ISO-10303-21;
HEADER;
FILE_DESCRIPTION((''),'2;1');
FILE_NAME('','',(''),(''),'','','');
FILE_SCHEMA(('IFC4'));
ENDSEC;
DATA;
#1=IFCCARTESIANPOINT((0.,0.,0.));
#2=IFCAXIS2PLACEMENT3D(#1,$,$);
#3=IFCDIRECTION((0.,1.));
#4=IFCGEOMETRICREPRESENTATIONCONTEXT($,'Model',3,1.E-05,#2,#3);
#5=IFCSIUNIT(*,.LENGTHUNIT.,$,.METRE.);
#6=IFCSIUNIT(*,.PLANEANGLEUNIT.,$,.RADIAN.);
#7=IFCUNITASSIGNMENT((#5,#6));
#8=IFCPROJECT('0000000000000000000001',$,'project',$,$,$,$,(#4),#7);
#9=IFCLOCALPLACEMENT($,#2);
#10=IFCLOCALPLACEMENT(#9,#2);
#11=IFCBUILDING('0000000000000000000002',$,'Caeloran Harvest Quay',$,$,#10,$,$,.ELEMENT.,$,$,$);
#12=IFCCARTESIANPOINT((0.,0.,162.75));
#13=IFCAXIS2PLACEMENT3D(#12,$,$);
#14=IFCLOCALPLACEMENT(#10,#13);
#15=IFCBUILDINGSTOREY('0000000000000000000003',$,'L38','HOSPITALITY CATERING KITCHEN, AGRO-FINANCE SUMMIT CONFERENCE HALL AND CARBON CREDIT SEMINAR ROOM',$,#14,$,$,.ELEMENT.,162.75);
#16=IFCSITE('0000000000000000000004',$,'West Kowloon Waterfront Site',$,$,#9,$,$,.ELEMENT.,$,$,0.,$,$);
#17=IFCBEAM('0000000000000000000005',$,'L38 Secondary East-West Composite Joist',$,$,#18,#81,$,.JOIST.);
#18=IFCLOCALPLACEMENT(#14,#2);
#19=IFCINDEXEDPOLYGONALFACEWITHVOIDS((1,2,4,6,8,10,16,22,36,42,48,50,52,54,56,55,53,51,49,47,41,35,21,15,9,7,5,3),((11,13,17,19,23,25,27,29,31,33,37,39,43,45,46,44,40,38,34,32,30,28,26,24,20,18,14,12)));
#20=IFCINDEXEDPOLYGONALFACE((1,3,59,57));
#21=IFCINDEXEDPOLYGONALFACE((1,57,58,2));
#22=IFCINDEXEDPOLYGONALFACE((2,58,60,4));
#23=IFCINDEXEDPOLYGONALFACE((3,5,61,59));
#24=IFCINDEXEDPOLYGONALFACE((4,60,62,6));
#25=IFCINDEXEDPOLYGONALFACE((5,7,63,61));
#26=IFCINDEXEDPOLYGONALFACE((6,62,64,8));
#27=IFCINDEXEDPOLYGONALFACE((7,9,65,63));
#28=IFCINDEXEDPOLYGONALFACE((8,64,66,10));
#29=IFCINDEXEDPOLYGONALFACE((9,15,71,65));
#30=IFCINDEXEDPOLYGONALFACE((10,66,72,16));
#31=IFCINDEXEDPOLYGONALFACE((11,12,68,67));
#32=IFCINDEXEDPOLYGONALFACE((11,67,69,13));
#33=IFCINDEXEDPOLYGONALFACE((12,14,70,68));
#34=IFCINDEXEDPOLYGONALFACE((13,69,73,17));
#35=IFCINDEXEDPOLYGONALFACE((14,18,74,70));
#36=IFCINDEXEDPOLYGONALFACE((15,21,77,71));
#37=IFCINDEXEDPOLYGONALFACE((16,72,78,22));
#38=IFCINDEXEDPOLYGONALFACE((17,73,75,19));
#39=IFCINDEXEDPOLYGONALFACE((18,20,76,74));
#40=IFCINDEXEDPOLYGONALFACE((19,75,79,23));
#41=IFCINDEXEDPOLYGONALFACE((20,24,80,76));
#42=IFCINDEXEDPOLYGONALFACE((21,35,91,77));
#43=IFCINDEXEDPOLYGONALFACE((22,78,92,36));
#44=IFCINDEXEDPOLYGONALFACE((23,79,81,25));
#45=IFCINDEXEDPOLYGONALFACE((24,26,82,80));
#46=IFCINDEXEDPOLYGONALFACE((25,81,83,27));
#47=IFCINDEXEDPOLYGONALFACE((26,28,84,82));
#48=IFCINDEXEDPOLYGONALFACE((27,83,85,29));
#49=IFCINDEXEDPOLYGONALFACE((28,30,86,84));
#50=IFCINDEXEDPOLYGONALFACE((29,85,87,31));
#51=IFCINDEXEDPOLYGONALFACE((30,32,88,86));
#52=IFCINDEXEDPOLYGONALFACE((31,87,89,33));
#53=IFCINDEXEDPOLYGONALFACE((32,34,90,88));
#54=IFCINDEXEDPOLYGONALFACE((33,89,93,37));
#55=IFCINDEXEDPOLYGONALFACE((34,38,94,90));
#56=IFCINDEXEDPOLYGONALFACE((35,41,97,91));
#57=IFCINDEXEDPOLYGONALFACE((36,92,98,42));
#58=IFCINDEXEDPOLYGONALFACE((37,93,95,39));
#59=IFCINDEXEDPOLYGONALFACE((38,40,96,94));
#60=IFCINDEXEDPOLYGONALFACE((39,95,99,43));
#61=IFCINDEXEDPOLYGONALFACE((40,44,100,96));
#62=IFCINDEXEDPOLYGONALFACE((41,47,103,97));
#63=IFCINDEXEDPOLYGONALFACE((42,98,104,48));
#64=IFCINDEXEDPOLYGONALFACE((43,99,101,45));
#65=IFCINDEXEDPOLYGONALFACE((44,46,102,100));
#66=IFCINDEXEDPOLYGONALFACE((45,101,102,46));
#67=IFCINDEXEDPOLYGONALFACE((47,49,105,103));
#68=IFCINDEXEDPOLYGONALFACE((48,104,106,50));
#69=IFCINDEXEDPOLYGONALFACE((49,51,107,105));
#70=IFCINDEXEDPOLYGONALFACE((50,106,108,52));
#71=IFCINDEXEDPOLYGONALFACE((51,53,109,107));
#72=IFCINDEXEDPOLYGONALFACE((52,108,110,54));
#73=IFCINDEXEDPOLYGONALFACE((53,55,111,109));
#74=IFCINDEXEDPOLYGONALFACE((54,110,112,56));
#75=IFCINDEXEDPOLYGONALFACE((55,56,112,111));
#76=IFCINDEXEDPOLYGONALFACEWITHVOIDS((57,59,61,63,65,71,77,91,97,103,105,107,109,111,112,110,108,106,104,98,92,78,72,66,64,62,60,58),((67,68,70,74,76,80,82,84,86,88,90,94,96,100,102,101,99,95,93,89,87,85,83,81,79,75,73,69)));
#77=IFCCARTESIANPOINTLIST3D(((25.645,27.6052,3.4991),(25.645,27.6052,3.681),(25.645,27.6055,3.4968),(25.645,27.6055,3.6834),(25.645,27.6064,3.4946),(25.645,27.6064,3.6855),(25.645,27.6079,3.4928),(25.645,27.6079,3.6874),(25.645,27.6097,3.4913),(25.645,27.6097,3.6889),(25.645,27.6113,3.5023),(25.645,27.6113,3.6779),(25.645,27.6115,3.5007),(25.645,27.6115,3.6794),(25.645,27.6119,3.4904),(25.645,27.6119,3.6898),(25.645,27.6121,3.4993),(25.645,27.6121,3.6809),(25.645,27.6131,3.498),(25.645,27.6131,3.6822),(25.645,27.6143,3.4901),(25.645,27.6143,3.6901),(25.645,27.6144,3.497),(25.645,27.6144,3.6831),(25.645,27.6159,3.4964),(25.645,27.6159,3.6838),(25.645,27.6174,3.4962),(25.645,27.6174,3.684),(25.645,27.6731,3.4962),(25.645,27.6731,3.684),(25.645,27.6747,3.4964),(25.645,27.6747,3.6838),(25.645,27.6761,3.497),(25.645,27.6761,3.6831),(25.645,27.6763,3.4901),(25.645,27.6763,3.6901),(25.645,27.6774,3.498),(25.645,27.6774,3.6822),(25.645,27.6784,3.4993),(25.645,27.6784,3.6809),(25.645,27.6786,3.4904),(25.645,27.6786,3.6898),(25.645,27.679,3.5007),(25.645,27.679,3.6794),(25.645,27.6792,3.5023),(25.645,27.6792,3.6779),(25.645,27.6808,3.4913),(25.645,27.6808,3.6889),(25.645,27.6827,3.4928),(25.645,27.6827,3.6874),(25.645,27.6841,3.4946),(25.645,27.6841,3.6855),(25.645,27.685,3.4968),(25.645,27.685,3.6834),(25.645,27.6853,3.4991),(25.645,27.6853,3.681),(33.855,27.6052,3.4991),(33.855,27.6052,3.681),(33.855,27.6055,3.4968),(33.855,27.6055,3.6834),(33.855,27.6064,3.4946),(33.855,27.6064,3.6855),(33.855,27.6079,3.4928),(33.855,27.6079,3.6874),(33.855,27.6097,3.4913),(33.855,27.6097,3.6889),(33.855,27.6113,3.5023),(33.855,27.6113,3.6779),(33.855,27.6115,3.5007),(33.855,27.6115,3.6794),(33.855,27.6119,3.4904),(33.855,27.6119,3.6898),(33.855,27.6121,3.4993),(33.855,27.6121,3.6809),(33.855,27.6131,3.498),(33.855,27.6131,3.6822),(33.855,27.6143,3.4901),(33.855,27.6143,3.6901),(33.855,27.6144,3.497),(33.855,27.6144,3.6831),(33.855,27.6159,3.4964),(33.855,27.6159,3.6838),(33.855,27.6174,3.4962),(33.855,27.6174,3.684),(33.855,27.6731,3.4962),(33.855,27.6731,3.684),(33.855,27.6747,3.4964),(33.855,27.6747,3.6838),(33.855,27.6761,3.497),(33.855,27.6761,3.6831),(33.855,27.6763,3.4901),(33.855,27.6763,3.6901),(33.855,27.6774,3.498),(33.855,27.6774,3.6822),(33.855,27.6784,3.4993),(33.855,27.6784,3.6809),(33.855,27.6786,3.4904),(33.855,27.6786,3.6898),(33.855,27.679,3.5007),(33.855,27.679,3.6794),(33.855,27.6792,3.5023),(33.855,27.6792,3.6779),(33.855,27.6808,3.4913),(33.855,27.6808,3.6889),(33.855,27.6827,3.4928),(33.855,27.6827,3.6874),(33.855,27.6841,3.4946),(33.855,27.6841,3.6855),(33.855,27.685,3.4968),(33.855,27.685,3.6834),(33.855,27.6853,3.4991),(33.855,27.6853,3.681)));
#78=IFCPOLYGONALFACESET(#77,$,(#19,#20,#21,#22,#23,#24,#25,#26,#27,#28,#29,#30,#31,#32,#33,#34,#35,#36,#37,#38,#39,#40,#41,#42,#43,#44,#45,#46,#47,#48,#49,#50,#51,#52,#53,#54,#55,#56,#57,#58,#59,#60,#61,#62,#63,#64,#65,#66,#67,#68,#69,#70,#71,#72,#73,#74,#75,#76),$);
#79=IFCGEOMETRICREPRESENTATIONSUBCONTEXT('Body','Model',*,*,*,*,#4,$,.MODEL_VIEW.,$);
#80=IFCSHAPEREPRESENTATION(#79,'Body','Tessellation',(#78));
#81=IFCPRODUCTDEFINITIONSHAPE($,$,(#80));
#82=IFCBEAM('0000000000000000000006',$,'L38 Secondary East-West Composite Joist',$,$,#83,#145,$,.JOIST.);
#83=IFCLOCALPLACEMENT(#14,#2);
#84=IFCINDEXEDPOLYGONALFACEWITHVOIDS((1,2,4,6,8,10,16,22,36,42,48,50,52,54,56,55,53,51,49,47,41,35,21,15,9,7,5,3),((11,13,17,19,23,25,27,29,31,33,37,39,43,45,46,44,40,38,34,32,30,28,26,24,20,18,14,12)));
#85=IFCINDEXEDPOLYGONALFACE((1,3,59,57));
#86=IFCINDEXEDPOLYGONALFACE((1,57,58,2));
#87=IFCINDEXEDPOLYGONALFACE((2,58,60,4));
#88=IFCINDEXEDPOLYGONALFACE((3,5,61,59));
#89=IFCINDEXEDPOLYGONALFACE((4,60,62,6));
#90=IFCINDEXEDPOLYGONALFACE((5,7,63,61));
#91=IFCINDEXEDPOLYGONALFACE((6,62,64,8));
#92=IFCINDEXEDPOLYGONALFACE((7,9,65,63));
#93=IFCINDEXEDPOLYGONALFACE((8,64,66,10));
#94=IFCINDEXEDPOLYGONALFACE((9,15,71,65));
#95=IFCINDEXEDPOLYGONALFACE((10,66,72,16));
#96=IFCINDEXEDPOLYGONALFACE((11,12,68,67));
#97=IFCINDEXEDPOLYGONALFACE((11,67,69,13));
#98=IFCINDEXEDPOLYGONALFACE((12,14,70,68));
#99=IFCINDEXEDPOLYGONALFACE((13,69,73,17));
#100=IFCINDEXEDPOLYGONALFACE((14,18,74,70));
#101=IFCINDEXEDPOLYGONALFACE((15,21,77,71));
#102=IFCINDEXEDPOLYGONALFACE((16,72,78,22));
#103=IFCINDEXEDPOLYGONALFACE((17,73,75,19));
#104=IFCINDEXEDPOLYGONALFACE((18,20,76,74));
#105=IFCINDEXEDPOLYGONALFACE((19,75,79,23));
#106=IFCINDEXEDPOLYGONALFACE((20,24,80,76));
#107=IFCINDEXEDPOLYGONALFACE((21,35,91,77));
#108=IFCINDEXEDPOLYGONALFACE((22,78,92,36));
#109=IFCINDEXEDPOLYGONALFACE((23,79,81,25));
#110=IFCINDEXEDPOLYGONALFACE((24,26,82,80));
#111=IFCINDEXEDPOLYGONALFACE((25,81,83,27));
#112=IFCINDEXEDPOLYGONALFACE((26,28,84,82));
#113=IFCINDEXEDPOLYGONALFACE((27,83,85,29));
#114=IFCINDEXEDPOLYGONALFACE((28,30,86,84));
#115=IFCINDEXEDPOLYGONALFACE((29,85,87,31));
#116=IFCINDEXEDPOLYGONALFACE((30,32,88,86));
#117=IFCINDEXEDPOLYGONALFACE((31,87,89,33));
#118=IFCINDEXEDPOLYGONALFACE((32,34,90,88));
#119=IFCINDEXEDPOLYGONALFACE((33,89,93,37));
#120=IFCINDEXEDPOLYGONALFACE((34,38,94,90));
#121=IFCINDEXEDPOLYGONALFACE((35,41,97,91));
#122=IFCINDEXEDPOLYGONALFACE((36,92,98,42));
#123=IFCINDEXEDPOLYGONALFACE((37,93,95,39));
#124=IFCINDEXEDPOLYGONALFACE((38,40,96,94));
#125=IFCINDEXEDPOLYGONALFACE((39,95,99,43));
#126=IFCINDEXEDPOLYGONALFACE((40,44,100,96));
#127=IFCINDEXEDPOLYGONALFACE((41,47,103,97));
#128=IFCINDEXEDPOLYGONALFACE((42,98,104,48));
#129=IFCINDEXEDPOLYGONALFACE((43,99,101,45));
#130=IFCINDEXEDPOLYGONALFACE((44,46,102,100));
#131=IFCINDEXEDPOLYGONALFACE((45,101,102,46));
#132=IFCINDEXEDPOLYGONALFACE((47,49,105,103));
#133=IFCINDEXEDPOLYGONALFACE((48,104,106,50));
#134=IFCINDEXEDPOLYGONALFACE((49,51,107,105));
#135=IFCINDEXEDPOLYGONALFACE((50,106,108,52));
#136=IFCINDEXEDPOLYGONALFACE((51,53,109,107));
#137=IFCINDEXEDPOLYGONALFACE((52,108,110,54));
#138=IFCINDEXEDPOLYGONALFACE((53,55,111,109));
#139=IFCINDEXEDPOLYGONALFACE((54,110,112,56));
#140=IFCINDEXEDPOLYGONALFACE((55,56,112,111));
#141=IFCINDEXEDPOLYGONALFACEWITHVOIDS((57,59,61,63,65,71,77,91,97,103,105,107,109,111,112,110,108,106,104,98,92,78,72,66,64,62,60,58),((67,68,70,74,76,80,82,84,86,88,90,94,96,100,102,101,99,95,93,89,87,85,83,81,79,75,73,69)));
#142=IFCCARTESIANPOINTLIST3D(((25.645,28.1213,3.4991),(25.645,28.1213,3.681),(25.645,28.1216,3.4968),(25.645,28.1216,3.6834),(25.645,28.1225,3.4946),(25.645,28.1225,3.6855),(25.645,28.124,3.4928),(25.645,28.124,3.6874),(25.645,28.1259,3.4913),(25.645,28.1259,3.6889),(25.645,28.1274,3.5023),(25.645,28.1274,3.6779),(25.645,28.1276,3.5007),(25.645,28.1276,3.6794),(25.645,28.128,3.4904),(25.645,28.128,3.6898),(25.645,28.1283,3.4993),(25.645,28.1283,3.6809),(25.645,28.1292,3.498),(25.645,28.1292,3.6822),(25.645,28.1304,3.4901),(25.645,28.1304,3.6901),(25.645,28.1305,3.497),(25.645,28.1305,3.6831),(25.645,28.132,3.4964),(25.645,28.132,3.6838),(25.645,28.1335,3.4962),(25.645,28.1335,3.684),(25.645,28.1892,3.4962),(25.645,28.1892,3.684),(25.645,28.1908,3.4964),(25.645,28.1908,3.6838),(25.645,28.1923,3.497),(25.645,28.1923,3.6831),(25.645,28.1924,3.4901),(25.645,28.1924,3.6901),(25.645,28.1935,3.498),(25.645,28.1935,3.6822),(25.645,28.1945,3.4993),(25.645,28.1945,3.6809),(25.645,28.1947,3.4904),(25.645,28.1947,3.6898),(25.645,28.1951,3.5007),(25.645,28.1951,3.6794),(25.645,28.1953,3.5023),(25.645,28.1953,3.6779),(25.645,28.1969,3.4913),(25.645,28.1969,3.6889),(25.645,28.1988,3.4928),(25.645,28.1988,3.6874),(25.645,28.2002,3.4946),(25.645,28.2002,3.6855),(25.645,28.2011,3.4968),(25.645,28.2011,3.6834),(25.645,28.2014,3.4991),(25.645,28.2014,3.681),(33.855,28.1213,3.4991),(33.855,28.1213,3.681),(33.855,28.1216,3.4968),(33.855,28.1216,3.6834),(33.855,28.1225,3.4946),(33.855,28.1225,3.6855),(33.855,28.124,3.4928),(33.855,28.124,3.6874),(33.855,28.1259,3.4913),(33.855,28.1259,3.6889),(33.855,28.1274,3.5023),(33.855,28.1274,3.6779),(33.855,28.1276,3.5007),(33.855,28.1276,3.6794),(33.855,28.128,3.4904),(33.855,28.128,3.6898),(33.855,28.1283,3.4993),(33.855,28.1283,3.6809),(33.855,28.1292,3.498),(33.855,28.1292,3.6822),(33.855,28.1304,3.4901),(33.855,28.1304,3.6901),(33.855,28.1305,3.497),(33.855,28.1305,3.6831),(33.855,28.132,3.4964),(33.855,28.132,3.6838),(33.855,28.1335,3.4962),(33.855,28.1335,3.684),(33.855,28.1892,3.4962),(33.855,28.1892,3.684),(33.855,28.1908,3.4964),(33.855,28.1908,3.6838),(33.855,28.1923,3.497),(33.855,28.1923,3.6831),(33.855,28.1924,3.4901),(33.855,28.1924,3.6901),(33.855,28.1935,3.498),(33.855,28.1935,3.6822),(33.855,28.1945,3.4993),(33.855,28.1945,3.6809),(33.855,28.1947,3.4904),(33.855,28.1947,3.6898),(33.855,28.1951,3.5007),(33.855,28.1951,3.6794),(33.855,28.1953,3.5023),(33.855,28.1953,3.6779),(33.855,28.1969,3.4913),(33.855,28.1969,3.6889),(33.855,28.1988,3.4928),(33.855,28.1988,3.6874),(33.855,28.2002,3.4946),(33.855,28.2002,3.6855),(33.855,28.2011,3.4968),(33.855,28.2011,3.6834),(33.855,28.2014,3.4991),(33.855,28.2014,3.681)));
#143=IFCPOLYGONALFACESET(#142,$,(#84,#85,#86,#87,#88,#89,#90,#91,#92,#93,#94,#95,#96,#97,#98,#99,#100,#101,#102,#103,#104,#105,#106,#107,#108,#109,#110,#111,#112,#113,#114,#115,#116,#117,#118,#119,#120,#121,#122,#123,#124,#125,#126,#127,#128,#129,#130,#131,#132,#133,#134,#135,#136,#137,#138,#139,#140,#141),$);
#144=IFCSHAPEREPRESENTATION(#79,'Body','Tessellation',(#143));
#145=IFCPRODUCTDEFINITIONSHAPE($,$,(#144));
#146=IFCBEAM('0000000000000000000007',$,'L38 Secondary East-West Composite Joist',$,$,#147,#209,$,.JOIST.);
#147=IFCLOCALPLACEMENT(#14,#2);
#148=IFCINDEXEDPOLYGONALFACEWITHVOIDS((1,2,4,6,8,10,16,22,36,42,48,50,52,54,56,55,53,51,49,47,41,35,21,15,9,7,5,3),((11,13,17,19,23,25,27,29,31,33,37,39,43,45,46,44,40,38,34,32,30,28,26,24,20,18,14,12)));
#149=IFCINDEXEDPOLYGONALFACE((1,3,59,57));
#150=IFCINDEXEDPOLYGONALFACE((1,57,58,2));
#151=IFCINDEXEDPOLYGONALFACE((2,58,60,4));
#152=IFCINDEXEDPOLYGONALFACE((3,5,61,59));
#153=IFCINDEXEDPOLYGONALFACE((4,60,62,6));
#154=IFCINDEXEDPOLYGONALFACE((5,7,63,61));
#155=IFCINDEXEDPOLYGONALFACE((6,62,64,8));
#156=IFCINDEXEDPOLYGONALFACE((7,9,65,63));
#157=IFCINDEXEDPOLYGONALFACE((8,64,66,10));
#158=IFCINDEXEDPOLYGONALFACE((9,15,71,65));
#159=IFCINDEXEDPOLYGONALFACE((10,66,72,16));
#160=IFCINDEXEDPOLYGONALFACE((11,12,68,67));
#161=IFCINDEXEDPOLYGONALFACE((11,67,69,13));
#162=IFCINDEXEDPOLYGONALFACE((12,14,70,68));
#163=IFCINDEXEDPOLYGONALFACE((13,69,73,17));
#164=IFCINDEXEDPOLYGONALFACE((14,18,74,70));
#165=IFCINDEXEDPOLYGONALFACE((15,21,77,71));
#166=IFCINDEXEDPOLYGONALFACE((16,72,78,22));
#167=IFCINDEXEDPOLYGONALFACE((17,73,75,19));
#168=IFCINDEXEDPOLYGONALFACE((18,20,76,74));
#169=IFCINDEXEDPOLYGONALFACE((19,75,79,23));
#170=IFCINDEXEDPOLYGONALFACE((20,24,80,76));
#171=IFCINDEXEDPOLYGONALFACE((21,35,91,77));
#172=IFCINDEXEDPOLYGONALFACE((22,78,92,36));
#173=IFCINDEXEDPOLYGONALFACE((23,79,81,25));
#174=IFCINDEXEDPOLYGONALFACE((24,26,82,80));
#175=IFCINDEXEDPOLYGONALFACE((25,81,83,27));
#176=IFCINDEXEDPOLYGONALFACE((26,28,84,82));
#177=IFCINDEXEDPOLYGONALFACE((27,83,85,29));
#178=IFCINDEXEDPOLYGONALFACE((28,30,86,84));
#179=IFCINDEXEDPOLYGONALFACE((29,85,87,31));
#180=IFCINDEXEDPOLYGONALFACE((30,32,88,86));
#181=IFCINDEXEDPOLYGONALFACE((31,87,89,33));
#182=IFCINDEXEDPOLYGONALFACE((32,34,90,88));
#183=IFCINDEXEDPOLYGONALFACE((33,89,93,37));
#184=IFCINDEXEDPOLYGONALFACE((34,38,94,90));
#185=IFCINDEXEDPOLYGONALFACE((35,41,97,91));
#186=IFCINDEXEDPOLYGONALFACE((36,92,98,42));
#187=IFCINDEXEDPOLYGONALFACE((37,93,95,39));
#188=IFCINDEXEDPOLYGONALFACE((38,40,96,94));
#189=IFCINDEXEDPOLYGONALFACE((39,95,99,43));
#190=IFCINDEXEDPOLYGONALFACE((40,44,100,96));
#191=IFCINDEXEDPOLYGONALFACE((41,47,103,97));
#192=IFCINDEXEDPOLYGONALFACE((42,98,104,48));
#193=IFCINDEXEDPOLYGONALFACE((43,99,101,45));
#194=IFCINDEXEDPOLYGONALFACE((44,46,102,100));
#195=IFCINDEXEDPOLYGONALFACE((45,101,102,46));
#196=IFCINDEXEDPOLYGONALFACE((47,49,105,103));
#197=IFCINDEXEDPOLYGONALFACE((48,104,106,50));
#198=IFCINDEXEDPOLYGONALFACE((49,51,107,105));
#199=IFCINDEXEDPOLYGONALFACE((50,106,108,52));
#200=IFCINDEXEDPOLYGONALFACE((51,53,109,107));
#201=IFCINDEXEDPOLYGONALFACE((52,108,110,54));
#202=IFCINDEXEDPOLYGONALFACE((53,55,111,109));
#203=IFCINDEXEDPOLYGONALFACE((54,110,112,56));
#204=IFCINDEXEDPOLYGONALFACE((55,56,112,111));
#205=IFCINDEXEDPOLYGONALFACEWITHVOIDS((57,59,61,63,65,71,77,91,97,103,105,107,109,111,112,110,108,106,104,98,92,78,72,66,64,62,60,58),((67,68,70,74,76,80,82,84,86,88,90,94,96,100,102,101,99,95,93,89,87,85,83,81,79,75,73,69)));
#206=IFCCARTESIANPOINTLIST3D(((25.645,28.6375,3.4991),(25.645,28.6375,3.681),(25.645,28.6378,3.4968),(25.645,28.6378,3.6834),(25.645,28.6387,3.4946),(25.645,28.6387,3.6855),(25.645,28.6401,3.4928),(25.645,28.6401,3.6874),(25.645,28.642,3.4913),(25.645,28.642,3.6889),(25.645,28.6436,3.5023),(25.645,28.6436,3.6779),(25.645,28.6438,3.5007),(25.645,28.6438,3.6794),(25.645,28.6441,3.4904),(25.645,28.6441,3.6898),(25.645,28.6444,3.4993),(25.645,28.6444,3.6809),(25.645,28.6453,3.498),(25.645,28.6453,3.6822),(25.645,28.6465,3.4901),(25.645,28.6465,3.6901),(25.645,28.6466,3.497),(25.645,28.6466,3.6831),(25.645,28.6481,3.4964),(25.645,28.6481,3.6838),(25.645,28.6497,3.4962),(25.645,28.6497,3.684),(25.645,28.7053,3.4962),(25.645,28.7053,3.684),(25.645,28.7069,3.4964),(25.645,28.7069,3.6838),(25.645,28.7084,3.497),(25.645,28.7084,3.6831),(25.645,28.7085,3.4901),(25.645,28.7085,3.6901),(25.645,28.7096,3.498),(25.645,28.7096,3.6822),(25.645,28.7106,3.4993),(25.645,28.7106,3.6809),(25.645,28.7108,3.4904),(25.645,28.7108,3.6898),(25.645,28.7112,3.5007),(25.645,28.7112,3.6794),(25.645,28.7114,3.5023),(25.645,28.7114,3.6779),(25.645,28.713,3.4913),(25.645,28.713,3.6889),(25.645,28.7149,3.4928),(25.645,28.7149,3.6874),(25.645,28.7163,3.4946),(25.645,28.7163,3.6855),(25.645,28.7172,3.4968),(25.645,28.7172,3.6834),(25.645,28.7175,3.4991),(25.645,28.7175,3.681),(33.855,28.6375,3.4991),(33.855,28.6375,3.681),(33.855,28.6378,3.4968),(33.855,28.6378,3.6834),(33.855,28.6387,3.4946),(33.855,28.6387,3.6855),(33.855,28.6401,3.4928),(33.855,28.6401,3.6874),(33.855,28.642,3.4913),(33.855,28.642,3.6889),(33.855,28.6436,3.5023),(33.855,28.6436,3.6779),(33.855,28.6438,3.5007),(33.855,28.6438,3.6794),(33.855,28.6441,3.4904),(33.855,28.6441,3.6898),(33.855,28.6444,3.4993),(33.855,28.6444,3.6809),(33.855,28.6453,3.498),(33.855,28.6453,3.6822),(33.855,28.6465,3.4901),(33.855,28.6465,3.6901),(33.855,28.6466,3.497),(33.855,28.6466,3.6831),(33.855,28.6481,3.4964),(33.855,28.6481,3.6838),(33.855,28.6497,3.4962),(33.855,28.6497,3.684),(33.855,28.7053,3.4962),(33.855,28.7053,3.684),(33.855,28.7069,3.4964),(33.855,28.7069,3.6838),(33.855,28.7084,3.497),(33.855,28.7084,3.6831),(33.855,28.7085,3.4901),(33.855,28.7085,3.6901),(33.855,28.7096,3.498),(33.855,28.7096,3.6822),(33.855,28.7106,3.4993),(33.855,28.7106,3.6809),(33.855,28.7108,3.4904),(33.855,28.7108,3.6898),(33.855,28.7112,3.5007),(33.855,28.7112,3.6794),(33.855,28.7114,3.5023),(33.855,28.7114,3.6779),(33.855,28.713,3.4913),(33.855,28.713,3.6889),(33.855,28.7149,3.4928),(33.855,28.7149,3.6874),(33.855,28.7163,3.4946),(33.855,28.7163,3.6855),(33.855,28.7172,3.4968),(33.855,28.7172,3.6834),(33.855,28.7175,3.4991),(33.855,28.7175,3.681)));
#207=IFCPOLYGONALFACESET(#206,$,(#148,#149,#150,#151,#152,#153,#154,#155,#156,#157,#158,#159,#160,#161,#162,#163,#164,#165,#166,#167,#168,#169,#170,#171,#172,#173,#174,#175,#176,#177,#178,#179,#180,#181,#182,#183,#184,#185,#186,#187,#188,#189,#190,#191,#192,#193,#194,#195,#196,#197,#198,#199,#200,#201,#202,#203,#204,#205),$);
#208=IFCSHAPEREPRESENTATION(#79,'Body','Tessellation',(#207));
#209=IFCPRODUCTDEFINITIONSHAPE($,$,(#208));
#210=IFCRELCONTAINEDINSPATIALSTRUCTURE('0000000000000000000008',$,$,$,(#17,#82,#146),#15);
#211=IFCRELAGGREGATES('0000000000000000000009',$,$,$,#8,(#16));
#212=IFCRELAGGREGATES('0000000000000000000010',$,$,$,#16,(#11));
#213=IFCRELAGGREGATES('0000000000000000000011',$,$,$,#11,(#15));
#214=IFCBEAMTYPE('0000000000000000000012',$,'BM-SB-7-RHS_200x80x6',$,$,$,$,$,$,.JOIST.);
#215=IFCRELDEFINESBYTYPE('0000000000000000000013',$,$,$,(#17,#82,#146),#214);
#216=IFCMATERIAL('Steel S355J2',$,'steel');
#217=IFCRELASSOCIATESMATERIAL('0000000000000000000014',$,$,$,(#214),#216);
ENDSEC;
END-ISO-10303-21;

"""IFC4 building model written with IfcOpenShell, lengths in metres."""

from ifc_helpers import new_model, si_unit, direction, frame, origin, origin_2d, place, context, subcontext, project, spatial, hollow_rectangle, extrude, material, material_profile, profile_set, type_object, element, save


model = new_model("IFC4")

# Units and contexts
model_context = context("Model", 3, precision=1e-05, world=origin(), true_north=direction((0.0, 1.0)))
body_context = subcontext(model_context, "Body", "Model", "MODEL_VIEW")
ifc_project = project(units=[si_unit("LENGTHUNIT", "METRE"), si_unit("PLANEANGLEUNIT", "RADIAN")], contexts=[model_context])

# Site, building, storey
site_placement = place(None, origin())
site = spatial("IfcSite", under=ifc_project, at=site_placement, Name="West Kowloon Waterfront Site", CompositionType="ELEMENT", RefElevation=0.0)
building_placement = place(site_placement, origin())
building = spatial("IfcBuilding", under=site, at=building_placement, Name="Caeloran Harvest Quay", CompositionType="ELEMENT")
storey_placement = place(building_placement, frame((0.0, 0.0, 162.75)))
storey = spatial("IfcBuildingStorey", under=building, at=storey_placement, Name="L38", Description="HOSPITALITY CATERING KITCHEN, AGRO-FINANCE SUMMIT CONFERENCE HALL AND CARBON CREDIT SEMINAR ROOM", CompositionType="ELEMENT", Elevation=162.75)

# Beams
ifc_material_1 = material(Name="Steel S355J2", Category="steel")
ifc_material_profile_1 = material_profile(ifc_material_1, hollow_rectangle(XDim=0.0801, YDim=0.2, WallThickness=0.0061, InnerFilletRadius=0.0061, OuterFilletRadius=0.009, at=origin_2d()), Name="RHS 200x80x6")
ifc_profile_set_1 = profile_set([ifc_material_profile_1], Name="Steel S355J2")
beam_type_1 = type_object("IfcBeamType", Name="BM-SB-7-RHS_200x80x6", PredefinedType="JOIST", material=ifc_profile_set_1)
for number, where, z_axis, x_axis, name in (
    (1, (25.645, 27.6453, 3.5901), (1.0, 0.0, 0.0), (0.0, 1.0, 0.0), "L38 Secondary East-West Composite Joist"),
    (2, (25.645, 28.1614, 3.5901), (1.0, 0.0, 0.0), (0.0, 1.0, 0.0), "L38 Secondary East-West Composite Joist"),
    (3, (25.645, 28.6775, 3.5901), (1.0, 0.0, 0.0), (0.0, 1.0, 0.0), "L38 Secondary East-West Composite Joist"),
):
    element("IfcBeam", number, at=place(storey_placement, frame(where, z_axis=z_axis, x_axis=x_axis)), inside=storey, type_object=beam_type_1, Name=name, PredefinedType="JOIST", context=body_context, shape_type="SweptSolid", body=[
        extrude(hollow_rectangle(XDim=0.0801, YDim=0.2, WallThickness=0.0061, InnerFilletRadius=0.0061, OuterFilletRadius=0.009, at=origin_2d()), origin(), (0.0, 0.0, 1.0), 8.21),
    ])

save(model, "model.ifc")
